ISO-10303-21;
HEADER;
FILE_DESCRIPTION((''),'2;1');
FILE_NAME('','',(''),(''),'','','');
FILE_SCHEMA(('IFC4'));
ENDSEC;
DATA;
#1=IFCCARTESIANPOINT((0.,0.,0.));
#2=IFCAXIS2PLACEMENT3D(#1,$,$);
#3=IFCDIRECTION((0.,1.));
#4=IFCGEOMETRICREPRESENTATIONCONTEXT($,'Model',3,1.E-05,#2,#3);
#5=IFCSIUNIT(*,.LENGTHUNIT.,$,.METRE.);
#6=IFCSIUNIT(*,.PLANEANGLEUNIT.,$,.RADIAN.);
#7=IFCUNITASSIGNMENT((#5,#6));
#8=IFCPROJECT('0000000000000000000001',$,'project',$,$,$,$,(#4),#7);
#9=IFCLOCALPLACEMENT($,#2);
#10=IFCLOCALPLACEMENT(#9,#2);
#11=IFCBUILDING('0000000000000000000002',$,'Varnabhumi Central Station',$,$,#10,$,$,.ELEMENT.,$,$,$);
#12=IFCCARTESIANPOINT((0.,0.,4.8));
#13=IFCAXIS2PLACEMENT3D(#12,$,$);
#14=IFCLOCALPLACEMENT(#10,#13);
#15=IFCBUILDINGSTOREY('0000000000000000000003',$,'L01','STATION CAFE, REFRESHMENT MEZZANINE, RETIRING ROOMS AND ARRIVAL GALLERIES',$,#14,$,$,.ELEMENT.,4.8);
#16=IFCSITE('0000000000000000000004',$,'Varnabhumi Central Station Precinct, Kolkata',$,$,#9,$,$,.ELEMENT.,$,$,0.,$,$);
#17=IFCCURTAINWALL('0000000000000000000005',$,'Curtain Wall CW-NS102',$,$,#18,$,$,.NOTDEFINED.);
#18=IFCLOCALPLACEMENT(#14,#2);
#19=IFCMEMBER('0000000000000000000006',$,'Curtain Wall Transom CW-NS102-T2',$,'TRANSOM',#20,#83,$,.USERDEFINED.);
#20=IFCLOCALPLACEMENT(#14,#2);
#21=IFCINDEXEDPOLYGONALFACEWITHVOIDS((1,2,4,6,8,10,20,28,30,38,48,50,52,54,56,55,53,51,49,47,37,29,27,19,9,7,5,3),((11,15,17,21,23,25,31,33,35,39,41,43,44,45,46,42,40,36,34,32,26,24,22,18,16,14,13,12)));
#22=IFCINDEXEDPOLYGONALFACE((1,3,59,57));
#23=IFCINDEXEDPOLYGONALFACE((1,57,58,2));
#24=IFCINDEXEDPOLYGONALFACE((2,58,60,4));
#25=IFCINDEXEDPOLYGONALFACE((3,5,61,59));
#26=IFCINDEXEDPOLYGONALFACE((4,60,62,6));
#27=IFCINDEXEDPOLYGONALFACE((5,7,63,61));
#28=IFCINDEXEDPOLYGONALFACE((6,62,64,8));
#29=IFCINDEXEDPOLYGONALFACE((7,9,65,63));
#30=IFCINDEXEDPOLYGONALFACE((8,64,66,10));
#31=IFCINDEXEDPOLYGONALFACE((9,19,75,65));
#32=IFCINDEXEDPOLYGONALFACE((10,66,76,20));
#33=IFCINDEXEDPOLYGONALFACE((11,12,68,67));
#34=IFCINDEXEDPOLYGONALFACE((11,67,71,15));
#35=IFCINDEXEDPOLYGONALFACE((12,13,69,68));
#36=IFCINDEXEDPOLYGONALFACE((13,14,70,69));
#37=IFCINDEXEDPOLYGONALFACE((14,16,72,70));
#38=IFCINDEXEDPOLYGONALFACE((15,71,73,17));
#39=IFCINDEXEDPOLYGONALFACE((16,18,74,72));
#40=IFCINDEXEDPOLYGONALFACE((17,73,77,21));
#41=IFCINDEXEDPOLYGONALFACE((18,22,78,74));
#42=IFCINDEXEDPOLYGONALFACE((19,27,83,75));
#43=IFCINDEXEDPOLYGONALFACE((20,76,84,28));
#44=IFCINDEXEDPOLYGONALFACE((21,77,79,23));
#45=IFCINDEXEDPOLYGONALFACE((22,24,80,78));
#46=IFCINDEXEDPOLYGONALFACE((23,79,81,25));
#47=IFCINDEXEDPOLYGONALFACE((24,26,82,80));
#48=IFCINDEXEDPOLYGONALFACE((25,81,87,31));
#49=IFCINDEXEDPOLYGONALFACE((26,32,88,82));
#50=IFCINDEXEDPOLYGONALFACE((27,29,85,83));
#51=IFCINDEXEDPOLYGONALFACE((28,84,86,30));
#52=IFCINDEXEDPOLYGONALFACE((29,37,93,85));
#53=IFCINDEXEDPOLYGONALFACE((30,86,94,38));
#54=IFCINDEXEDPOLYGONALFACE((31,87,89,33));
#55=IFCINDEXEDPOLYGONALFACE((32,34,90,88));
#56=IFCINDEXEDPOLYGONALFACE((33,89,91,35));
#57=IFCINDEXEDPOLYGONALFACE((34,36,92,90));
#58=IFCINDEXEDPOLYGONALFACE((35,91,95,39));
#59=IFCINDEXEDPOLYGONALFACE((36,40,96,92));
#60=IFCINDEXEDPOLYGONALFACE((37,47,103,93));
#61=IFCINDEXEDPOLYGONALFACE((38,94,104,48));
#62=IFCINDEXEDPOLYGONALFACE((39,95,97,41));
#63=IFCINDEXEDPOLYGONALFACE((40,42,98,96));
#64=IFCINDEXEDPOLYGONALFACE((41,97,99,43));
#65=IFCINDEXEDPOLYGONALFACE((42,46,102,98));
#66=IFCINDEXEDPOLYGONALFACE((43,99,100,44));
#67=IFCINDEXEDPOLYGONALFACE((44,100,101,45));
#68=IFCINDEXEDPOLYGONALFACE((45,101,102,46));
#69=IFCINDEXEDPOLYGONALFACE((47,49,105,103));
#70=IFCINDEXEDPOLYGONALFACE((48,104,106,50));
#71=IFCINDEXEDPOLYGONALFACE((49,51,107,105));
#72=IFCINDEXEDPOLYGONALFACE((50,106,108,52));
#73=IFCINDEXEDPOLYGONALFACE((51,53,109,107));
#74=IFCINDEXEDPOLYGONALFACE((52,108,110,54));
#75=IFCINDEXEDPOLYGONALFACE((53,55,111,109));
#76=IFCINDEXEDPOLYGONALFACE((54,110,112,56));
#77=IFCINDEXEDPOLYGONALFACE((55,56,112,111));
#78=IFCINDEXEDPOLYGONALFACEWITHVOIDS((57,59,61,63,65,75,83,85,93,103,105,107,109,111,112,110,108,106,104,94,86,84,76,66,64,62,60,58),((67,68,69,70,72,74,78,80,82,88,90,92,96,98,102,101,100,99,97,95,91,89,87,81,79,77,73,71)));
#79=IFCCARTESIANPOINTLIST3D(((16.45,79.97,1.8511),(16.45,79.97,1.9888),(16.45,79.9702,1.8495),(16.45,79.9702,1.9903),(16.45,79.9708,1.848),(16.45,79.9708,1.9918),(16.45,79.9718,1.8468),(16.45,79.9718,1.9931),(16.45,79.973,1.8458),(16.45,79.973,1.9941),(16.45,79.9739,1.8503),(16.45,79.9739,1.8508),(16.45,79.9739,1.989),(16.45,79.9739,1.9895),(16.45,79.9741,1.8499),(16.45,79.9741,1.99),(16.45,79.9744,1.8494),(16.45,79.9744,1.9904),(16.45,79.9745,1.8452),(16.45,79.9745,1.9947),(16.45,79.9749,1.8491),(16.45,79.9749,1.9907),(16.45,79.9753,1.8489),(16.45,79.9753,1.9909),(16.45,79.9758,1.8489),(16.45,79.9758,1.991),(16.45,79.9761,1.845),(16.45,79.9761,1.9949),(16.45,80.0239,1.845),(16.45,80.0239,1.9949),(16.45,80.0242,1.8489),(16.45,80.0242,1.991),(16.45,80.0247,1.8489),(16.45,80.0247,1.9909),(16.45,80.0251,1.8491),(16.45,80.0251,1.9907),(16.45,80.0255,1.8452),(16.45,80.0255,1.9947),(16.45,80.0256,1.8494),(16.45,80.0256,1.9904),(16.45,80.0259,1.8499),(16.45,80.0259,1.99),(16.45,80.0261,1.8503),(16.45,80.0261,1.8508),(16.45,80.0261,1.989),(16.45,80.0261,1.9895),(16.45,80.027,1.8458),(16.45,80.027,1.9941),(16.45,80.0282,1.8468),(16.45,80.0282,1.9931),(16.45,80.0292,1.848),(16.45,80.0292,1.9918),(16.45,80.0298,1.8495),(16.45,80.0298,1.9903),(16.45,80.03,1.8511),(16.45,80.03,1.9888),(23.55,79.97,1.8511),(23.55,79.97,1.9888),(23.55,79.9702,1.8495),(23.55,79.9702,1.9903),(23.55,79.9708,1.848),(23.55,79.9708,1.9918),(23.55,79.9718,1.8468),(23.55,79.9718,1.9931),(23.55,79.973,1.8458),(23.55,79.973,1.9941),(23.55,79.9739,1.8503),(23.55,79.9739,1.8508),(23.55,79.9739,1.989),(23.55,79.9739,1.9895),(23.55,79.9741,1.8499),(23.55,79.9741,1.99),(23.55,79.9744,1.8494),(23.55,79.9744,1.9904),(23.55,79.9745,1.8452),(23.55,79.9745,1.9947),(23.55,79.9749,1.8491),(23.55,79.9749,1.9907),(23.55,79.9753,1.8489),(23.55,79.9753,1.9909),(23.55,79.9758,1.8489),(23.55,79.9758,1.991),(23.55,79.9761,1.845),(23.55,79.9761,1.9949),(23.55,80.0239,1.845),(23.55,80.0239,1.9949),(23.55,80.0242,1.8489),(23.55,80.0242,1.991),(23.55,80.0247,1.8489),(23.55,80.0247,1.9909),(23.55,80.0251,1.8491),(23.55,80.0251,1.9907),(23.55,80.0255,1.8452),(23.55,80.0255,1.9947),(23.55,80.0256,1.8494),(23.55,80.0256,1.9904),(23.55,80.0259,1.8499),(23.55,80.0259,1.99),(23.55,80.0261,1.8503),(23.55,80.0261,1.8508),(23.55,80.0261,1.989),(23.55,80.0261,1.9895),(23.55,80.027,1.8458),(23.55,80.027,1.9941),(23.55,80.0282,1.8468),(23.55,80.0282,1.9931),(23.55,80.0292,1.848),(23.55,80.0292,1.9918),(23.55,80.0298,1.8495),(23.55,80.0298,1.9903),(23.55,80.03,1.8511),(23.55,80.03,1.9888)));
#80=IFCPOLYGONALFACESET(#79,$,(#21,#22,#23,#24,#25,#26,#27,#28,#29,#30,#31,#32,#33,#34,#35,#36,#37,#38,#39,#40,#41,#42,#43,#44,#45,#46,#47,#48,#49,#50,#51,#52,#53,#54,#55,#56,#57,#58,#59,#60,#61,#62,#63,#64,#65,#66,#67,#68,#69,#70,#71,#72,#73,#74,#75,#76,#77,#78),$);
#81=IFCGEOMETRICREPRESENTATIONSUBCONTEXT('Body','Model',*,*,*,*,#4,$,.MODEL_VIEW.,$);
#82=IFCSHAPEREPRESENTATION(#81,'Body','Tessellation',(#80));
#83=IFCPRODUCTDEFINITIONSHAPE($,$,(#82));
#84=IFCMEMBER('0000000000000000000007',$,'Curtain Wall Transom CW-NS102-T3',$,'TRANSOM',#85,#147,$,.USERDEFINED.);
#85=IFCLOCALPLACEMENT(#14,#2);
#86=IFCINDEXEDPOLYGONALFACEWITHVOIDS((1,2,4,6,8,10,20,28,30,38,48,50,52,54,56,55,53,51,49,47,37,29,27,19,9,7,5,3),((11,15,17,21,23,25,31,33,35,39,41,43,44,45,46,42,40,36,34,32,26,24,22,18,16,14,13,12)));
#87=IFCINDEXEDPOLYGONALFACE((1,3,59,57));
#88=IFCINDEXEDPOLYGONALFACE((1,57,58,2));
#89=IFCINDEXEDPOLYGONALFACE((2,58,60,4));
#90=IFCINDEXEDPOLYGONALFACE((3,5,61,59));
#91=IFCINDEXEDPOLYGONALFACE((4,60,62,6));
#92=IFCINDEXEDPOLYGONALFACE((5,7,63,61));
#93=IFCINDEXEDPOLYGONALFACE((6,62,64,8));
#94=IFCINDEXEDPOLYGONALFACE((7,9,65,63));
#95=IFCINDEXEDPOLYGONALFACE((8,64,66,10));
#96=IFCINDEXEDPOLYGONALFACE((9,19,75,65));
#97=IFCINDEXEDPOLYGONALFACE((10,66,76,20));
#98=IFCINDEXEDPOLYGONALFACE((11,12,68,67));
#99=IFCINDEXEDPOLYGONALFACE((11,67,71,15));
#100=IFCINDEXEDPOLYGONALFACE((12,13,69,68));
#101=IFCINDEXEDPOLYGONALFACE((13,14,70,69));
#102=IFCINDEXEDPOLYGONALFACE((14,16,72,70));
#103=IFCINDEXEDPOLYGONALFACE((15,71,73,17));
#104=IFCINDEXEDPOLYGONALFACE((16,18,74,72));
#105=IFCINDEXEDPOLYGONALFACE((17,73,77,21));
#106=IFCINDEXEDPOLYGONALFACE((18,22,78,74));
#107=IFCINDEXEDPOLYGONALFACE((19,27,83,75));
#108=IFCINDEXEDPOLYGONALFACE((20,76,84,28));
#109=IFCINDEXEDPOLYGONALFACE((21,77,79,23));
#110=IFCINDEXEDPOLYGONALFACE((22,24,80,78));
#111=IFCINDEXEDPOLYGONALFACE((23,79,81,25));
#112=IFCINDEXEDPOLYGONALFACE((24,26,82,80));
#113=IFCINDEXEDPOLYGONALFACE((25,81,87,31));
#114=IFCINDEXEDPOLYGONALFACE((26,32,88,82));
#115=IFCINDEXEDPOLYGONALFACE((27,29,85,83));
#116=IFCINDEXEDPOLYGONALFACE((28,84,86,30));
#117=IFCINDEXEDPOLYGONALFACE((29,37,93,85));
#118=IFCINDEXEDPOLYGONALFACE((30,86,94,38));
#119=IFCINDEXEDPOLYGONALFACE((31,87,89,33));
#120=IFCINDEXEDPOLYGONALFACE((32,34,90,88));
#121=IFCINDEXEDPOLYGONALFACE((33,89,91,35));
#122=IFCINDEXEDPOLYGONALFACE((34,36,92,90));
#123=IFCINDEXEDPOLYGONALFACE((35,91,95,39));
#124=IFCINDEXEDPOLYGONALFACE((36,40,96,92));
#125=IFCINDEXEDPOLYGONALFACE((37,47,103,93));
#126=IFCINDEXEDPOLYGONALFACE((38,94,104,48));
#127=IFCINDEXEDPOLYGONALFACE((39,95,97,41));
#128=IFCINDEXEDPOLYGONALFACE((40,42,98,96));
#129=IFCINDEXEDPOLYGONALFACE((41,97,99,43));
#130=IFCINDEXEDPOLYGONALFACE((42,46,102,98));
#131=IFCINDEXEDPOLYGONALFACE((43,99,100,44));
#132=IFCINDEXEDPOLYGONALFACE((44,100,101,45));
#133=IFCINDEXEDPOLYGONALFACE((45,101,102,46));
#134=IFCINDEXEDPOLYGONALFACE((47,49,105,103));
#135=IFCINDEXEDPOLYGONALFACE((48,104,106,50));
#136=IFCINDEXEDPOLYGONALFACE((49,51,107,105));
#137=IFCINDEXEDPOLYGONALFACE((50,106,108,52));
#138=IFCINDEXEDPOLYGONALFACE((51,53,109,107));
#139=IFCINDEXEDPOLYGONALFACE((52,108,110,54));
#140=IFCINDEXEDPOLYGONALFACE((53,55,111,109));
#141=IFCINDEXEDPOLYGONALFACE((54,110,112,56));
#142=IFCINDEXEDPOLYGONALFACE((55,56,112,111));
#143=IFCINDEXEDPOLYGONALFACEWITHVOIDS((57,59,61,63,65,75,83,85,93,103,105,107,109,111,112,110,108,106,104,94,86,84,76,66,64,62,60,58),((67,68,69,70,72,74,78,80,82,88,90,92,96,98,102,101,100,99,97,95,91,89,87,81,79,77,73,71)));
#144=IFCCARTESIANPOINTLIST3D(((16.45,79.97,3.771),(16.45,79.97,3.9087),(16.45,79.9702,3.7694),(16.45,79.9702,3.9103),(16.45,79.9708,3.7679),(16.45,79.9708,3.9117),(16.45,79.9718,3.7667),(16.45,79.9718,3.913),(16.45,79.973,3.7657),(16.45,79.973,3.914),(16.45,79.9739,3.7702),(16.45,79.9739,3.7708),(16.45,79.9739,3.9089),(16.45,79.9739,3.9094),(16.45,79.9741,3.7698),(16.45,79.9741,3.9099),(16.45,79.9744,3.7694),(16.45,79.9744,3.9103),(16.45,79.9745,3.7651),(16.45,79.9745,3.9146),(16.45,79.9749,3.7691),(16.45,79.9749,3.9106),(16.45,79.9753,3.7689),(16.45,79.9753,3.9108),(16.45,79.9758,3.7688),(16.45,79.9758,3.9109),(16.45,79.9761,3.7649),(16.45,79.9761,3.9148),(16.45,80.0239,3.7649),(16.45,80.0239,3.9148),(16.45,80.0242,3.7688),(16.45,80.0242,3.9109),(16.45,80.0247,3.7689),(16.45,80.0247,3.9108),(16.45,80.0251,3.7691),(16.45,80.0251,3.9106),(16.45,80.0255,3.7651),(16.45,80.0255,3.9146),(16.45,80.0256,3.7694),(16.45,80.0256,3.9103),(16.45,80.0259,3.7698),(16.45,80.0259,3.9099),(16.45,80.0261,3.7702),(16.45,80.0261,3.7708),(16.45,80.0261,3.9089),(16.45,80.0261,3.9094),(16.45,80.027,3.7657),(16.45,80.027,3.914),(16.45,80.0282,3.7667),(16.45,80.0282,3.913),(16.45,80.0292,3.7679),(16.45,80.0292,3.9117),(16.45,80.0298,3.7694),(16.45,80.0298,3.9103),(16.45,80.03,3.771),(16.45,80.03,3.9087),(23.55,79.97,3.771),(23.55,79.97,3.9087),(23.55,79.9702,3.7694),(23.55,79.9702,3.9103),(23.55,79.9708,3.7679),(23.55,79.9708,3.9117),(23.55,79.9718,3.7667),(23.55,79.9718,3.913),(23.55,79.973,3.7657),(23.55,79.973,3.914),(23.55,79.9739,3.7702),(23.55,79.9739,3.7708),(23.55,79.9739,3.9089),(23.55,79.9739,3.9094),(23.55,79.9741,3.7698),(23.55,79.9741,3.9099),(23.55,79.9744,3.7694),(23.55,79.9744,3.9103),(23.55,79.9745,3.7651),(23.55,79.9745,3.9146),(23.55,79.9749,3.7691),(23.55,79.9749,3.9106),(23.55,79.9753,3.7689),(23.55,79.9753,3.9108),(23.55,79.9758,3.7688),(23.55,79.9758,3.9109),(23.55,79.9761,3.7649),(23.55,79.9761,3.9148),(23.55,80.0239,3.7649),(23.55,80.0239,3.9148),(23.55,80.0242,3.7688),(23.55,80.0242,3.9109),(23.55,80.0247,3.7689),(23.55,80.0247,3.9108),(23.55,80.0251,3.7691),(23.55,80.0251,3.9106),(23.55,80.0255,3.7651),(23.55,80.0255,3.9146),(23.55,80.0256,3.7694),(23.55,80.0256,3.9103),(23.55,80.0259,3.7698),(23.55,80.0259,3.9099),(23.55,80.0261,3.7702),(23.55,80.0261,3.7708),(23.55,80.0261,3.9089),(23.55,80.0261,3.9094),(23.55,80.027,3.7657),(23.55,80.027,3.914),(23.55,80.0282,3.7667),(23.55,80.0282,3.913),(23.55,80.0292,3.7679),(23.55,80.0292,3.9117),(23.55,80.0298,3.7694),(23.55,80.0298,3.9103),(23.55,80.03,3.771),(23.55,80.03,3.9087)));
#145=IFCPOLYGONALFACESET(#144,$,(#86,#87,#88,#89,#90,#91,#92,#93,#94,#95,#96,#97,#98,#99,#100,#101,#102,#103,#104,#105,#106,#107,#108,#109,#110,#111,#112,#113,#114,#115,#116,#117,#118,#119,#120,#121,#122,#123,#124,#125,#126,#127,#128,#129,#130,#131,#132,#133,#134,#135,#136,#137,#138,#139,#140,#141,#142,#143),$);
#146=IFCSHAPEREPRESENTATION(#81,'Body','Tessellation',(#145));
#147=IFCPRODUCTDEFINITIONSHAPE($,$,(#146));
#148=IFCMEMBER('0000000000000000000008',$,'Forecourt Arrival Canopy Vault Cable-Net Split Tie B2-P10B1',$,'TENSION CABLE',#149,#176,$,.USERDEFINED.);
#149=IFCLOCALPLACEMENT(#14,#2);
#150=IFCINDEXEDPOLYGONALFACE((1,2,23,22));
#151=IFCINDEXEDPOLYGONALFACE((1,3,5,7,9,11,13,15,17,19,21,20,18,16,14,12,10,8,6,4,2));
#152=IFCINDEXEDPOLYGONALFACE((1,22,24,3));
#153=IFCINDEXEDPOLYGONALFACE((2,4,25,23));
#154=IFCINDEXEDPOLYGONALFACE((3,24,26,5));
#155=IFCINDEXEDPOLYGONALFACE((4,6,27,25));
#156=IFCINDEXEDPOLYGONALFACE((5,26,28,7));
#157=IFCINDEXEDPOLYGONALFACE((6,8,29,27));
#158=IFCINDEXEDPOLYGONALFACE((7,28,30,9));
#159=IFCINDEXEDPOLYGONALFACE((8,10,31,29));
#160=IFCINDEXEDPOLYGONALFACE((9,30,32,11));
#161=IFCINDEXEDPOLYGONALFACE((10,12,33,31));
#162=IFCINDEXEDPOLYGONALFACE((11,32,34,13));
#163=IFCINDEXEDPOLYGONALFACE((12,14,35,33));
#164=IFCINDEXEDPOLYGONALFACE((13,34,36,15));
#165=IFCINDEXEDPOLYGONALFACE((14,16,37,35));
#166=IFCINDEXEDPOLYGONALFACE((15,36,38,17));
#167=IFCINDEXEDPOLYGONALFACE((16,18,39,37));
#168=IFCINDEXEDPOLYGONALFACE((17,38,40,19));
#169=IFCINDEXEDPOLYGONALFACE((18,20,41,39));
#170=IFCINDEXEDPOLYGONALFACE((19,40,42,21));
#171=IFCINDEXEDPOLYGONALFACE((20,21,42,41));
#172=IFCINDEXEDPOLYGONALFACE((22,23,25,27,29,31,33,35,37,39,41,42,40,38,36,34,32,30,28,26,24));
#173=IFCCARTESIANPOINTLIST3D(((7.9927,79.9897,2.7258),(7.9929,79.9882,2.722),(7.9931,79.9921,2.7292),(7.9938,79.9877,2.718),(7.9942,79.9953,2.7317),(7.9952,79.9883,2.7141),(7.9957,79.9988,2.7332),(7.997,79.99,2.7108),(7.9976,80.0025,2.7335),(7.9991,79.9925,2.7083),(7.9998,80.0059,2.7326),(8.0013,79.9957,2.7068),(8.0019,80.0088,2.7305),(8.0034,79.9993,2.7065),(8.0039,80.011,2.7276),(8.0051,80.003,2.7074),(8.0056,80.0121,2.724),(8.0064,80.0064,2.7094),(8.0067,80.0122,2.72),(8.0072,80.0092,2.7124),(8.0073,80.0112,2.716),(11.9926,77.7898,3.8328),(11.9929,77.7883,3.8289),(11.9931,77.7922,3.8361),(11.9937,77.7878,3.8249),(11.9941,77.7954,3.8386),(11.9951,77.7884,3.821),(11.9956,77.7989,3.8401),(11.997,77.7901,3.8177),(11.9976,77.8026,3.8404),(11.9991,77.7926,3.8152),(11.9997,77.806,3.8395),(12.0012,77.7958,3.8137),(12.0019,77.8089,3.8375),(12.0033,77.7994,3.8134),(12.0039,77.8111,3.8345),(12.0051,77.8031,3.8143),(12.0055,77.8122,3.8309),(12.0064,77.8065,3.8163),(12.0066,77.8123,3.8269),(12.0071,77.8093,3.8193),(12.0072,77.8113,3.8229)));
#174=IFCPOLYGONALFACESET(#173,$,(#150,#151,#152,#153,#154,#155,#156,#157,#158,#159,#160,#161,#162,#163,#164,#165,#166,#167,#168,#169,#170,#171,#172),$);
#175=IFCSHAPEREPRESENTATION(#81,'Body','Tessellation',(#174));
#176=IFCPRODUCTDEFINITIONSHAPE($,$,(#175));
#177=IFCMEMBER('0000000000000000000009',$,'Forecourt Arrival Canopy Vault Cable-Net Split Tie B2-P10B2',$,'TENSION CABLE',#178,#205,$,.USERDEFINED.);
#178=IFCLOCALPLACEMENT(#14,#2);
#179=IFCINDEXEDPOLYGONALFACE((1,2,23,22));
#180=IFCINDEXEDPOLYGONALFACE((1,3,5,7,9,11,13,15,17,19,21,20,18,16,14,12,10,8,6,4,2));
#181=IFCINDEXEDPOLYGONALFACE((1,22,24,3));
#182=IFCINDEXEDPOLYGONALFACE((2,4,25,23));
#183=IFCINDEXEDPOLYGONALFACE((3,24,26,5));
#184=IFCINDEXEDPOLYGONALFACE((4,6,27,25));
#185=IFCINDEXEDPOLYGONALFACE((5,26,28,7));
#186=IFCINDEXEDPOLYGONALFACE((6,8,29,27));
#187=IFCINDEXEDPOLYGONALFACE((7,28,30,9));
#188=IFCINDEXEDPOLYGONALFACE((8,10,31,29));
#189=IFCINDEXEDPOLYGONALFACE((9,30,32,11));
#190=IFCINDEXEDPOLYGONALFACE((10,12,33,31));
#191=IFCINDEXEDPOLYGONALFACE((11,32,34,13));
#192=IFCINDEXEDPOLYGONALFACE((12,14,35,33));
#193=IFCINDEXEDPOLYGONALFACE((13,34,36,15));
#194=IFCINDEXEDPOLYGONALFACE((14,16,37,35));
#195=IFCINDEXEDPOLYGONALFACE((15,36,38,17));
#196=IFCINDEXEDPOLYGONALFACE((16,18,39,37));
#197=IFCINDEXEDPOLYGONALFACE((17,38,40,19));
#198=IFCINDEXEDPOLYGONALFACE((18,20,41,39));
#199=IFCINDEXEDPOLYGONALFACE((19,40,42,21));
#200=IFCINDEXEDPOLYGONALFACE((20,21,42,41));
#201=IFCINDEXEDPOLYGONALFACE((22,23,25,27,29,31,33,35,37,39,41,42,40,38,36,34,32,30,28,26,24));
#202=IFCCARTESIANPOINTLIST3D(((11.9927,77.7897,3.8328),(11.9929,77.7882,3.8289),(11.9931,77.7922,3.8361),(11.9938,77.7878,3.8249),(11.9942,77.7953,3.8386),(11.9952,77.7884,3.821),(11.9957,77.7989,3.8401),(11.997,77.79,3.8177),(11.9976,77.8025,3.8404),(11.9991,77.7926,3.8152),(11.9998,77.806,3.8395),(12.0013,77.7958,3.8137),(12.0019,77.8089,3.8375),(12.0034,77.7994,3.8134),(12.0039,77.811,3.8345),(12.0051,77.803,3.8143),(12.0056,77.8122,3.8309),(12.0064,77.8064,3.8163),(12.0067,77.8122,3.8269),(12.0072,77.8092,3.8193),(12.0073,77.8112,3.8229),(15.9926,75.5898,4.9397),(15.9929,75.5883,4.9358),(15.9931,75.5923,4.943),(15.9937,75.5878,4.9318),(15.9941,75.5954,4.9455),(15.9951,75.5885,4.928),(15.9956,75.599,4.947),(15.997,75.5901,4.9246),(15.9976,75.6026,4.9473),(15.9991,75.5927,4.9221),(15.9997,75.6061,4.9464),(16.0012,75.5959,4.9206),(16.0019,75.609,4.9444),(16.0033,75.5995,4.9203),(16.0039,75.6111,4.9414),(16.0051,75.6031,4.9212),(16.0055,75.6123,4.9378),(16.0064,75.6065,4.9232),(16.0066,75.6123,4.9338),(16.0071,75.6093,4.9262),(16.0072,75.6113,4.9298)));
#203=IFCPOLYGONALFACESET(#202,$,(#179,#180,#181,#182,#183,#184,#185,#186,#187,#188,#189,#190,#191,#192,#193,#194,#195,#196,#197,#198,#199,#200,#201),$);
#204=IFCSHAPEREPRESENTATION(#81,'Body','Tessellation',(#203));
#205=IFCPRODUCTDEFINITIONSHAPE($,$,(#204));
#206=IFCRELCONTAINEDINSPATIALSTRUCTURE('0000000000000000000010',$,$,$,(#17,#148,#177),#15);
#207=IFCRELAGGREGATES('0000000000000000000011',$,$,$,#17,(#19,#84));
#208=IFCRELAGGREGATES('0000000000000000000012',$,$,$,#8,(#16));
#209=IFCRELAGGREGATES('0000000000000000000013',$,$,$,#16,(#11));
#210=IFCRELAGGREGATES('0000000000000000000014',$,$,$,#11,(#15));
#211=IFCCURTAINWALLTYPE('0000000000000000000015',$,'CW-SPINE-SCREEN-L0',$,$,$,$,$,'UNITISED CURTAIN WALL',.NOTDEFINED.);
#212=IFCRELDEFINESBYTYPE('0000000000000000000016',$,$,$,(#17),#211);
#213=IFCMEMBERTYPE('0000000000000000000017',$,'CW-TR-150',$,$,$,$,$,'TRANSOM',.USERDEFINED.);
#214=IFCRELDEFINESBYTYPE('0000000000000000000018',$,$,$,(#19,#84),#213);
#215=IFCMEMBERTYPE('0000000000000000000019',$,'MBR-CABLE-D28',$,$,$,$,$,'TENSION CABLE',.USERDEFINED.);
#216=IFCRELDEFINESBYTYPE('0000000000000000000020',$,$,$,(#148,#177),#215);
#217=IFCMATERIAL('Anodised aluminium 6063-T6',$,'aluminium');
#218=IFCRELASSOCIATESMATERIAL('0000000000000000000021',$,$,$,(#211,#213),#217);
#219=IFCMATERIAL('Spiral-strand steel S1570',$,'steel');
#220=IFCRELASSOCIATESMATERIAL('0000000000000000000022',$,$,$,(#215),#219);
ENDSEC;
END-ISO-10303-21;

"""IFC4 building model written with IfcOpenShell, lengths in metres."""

from ifc_helpers import new_model, si_unit, direction, frame, origin, origin_2d, place, context, subcontext, project, spatial, hollow_rectangle, circle, extrude, material, material_profile, profile_set, type_object, element, aggregate, save


model = new_model("IFC4")

# Units and contexts
model_context = context("Model", 3, precision=1e-05, world=origin(), true_north=direction((0.0, 1.0)))
body_context = subcontext(model_context, "Body", "Model", "MODEL_VIEW")
ifc_project = project(units=[si_unit("LENGTHUNIT", "METRE"), si_unit("PLANEANGLEUNIT", "RADIAN")], contexts=[model_context])

# Site, building, storey
site_placement = place(None, origin())
site = spatial("IfcSite", under=ifc_project, at=site_placement, Name="Varnabhumi Central Station Precinct, Kolkata", CompositionType="ELEMENT", RefElevation=0.0)
building_placement = place(site_placement, origin())
building = spatial("IfcBuilding", under=site, at=building_placement, Name="Varnabhumi Central Station", CompositionType="ELEMENT")
storey_placement = place(building_placement, frame((0.0, 0.0, 4.8)))
storey = spatial("IfcBuildingStorey", under=building, at=storey_placement, Name="L01", Description="STATION CAFE, REFRESHMENT MEZZANINE, RETIRING ROOMS AND ARRIVAL GALLERIES", CompositionType="ELEMENT", Elevation=4.8)

# Shared definitions
ifc_material_1 = material(Name="Anodised aluminium 6063-T6", Category="aluminium")

# Curtain wall
curtain_wall_type_1 = type_object("IfcCurtainWallType", Name="CW-SPINE-SCREEN-L0", ElementType="UNITISED CURTAIN WALL", PredefinedType="NOTDEFINED", material=ifc_material_1)
curtain_wall_1_placement = place(storey_placement, origin())
curtain_wall_1 = element("IfcCurtainWall", 1, at=curtain_wall_1_placement, inside=storey, type_object=curtain_wall_type_1, Name="Curtain Wall CW-NS102", PredefinedType="NOTDEFINED")

# Members
ifc_material_profile_1 = material_profile(ifc_material_1, hollow_rectangle(XDim=0.0601, YDim=0.1499, WallThickness=0.0039, InnerFilletRadius=0.002, OuterFilletRadius=0.0061, at=origin_2d()), Name="Anodised aluminium 6063-T6", Category="aluminium")
ifc_profile_set_1 = profile_set([ifc_material_profile_1], Name="Anodised aluminium 6063-T6")
member_type_1 = type_object("IfcMemberType", Name="CW-TR-150", ElementType="TRANSOM", PredefinedType="USERDEFINED", material=ifc_profile_set_1)
member_1_placement = place(storey_placement, frame((16.45, 80.0, 1.9199), z_axis=(1.0, 0.0, 0.0), x_axis=(0.0, 1.0, 0.0)))
member_1 = element("IfcMember", 2, at=member_1_placement, type_object=member_type_1, Name="Curtain Wall Transom CW-NS102-T2", ObjectType="TRANSOM", PredefinedType="USERDEFINED", context=body_context, shape_type="SweptSolid", body=[
    extrude(hollow_rectangle(XDim=0.0601, YDim=0.1499, WallThickness=0.0039, InnerFilletRadius=0.002, OuterFilletRadius=0.0061, at=origin_2d()), origin(), (0.0, 0.0, 1.0), 7.1001),
])
member_2_placement = place(storey_placement, frame((16.45, 80.0, 3.8398), z_axis=(1.0, 0.0, 0.0), x_axis=(0.0, 1.0, 0.0)))
member_2 = element("IfcMember", 3, at=member_2_placement, type_object=member_type_1, Name="Curtain Wall Transom CW-NS102-T3", ObjectType="TRANSOM", PredefinedType="USERDEFINED", context=body_context, shape_type="SweptSolid", body=[
    extrude(hollow_rectangle(XDim=0.0601, YDim=0.1499, WallThickness=0.0039, InnerFilletRadius=0.002, OuterFilletRadius=0.0061, at=origin_2d()), origin(), (0.0, 0.0, 1.0), 7.1001),
])

# Members
ifc_material_2 = material(Name="Spiral-strand steel S1570", Category="steel")
ifc_material_profile_2 = material_profile(ifc_material_2, circle(Radius=0.0139, at=origin_2d()), Name="Spiral-strand steel S1570", Category="steel")
ifc_profile_set_2 = profile_set([ifc_material_profile_2], Name="Spiral-strand steel S1570")
member_type_2 = type_object("IfcMemberType", Name="MBR-CABLE-D28", ElementType="TENSION CABLE", PredefinedType="USERDEFINED", material=ifc_profile_set_2)
for number, where, z_axis, x_axis, name in (
    (4, (8.0, 80.0, 2.72), (0.851544, -0.468339, 0.235651), (0.481911, 0.87622, 0.0), "Forecourt Arrival Canopy Vault Cable-Net Split Tie B2-P10B1"),
    (5, (12.0, 77.8, 3.8269), (0.851544, -0.468339, 0.235651), (0.481911, 0.87622, 0.0), "Forecourt Arrival Canopy Vault Cable-Net Split Tie B2-P10B2"),
):
    element("IfcMember", number, at=place(storey_placement, frame(where, z_axis=z_axis, x_axis=x_axis)), inside=storey, type_object=member_type_2, Name=name, ObjectType="TENSION CABLE", PredefinedType="USERDEFINED", context=body_context, shape_type="SweptSolid", body=[
        extrude(circle(Radius=0.0139, at=origin_2d()), origin(), (0.0, 0.0, 1.0), 4.6973),
    ])

aggregate(curtain_wall_1, [member_1, member_2])

save(model, "model.ifc")
